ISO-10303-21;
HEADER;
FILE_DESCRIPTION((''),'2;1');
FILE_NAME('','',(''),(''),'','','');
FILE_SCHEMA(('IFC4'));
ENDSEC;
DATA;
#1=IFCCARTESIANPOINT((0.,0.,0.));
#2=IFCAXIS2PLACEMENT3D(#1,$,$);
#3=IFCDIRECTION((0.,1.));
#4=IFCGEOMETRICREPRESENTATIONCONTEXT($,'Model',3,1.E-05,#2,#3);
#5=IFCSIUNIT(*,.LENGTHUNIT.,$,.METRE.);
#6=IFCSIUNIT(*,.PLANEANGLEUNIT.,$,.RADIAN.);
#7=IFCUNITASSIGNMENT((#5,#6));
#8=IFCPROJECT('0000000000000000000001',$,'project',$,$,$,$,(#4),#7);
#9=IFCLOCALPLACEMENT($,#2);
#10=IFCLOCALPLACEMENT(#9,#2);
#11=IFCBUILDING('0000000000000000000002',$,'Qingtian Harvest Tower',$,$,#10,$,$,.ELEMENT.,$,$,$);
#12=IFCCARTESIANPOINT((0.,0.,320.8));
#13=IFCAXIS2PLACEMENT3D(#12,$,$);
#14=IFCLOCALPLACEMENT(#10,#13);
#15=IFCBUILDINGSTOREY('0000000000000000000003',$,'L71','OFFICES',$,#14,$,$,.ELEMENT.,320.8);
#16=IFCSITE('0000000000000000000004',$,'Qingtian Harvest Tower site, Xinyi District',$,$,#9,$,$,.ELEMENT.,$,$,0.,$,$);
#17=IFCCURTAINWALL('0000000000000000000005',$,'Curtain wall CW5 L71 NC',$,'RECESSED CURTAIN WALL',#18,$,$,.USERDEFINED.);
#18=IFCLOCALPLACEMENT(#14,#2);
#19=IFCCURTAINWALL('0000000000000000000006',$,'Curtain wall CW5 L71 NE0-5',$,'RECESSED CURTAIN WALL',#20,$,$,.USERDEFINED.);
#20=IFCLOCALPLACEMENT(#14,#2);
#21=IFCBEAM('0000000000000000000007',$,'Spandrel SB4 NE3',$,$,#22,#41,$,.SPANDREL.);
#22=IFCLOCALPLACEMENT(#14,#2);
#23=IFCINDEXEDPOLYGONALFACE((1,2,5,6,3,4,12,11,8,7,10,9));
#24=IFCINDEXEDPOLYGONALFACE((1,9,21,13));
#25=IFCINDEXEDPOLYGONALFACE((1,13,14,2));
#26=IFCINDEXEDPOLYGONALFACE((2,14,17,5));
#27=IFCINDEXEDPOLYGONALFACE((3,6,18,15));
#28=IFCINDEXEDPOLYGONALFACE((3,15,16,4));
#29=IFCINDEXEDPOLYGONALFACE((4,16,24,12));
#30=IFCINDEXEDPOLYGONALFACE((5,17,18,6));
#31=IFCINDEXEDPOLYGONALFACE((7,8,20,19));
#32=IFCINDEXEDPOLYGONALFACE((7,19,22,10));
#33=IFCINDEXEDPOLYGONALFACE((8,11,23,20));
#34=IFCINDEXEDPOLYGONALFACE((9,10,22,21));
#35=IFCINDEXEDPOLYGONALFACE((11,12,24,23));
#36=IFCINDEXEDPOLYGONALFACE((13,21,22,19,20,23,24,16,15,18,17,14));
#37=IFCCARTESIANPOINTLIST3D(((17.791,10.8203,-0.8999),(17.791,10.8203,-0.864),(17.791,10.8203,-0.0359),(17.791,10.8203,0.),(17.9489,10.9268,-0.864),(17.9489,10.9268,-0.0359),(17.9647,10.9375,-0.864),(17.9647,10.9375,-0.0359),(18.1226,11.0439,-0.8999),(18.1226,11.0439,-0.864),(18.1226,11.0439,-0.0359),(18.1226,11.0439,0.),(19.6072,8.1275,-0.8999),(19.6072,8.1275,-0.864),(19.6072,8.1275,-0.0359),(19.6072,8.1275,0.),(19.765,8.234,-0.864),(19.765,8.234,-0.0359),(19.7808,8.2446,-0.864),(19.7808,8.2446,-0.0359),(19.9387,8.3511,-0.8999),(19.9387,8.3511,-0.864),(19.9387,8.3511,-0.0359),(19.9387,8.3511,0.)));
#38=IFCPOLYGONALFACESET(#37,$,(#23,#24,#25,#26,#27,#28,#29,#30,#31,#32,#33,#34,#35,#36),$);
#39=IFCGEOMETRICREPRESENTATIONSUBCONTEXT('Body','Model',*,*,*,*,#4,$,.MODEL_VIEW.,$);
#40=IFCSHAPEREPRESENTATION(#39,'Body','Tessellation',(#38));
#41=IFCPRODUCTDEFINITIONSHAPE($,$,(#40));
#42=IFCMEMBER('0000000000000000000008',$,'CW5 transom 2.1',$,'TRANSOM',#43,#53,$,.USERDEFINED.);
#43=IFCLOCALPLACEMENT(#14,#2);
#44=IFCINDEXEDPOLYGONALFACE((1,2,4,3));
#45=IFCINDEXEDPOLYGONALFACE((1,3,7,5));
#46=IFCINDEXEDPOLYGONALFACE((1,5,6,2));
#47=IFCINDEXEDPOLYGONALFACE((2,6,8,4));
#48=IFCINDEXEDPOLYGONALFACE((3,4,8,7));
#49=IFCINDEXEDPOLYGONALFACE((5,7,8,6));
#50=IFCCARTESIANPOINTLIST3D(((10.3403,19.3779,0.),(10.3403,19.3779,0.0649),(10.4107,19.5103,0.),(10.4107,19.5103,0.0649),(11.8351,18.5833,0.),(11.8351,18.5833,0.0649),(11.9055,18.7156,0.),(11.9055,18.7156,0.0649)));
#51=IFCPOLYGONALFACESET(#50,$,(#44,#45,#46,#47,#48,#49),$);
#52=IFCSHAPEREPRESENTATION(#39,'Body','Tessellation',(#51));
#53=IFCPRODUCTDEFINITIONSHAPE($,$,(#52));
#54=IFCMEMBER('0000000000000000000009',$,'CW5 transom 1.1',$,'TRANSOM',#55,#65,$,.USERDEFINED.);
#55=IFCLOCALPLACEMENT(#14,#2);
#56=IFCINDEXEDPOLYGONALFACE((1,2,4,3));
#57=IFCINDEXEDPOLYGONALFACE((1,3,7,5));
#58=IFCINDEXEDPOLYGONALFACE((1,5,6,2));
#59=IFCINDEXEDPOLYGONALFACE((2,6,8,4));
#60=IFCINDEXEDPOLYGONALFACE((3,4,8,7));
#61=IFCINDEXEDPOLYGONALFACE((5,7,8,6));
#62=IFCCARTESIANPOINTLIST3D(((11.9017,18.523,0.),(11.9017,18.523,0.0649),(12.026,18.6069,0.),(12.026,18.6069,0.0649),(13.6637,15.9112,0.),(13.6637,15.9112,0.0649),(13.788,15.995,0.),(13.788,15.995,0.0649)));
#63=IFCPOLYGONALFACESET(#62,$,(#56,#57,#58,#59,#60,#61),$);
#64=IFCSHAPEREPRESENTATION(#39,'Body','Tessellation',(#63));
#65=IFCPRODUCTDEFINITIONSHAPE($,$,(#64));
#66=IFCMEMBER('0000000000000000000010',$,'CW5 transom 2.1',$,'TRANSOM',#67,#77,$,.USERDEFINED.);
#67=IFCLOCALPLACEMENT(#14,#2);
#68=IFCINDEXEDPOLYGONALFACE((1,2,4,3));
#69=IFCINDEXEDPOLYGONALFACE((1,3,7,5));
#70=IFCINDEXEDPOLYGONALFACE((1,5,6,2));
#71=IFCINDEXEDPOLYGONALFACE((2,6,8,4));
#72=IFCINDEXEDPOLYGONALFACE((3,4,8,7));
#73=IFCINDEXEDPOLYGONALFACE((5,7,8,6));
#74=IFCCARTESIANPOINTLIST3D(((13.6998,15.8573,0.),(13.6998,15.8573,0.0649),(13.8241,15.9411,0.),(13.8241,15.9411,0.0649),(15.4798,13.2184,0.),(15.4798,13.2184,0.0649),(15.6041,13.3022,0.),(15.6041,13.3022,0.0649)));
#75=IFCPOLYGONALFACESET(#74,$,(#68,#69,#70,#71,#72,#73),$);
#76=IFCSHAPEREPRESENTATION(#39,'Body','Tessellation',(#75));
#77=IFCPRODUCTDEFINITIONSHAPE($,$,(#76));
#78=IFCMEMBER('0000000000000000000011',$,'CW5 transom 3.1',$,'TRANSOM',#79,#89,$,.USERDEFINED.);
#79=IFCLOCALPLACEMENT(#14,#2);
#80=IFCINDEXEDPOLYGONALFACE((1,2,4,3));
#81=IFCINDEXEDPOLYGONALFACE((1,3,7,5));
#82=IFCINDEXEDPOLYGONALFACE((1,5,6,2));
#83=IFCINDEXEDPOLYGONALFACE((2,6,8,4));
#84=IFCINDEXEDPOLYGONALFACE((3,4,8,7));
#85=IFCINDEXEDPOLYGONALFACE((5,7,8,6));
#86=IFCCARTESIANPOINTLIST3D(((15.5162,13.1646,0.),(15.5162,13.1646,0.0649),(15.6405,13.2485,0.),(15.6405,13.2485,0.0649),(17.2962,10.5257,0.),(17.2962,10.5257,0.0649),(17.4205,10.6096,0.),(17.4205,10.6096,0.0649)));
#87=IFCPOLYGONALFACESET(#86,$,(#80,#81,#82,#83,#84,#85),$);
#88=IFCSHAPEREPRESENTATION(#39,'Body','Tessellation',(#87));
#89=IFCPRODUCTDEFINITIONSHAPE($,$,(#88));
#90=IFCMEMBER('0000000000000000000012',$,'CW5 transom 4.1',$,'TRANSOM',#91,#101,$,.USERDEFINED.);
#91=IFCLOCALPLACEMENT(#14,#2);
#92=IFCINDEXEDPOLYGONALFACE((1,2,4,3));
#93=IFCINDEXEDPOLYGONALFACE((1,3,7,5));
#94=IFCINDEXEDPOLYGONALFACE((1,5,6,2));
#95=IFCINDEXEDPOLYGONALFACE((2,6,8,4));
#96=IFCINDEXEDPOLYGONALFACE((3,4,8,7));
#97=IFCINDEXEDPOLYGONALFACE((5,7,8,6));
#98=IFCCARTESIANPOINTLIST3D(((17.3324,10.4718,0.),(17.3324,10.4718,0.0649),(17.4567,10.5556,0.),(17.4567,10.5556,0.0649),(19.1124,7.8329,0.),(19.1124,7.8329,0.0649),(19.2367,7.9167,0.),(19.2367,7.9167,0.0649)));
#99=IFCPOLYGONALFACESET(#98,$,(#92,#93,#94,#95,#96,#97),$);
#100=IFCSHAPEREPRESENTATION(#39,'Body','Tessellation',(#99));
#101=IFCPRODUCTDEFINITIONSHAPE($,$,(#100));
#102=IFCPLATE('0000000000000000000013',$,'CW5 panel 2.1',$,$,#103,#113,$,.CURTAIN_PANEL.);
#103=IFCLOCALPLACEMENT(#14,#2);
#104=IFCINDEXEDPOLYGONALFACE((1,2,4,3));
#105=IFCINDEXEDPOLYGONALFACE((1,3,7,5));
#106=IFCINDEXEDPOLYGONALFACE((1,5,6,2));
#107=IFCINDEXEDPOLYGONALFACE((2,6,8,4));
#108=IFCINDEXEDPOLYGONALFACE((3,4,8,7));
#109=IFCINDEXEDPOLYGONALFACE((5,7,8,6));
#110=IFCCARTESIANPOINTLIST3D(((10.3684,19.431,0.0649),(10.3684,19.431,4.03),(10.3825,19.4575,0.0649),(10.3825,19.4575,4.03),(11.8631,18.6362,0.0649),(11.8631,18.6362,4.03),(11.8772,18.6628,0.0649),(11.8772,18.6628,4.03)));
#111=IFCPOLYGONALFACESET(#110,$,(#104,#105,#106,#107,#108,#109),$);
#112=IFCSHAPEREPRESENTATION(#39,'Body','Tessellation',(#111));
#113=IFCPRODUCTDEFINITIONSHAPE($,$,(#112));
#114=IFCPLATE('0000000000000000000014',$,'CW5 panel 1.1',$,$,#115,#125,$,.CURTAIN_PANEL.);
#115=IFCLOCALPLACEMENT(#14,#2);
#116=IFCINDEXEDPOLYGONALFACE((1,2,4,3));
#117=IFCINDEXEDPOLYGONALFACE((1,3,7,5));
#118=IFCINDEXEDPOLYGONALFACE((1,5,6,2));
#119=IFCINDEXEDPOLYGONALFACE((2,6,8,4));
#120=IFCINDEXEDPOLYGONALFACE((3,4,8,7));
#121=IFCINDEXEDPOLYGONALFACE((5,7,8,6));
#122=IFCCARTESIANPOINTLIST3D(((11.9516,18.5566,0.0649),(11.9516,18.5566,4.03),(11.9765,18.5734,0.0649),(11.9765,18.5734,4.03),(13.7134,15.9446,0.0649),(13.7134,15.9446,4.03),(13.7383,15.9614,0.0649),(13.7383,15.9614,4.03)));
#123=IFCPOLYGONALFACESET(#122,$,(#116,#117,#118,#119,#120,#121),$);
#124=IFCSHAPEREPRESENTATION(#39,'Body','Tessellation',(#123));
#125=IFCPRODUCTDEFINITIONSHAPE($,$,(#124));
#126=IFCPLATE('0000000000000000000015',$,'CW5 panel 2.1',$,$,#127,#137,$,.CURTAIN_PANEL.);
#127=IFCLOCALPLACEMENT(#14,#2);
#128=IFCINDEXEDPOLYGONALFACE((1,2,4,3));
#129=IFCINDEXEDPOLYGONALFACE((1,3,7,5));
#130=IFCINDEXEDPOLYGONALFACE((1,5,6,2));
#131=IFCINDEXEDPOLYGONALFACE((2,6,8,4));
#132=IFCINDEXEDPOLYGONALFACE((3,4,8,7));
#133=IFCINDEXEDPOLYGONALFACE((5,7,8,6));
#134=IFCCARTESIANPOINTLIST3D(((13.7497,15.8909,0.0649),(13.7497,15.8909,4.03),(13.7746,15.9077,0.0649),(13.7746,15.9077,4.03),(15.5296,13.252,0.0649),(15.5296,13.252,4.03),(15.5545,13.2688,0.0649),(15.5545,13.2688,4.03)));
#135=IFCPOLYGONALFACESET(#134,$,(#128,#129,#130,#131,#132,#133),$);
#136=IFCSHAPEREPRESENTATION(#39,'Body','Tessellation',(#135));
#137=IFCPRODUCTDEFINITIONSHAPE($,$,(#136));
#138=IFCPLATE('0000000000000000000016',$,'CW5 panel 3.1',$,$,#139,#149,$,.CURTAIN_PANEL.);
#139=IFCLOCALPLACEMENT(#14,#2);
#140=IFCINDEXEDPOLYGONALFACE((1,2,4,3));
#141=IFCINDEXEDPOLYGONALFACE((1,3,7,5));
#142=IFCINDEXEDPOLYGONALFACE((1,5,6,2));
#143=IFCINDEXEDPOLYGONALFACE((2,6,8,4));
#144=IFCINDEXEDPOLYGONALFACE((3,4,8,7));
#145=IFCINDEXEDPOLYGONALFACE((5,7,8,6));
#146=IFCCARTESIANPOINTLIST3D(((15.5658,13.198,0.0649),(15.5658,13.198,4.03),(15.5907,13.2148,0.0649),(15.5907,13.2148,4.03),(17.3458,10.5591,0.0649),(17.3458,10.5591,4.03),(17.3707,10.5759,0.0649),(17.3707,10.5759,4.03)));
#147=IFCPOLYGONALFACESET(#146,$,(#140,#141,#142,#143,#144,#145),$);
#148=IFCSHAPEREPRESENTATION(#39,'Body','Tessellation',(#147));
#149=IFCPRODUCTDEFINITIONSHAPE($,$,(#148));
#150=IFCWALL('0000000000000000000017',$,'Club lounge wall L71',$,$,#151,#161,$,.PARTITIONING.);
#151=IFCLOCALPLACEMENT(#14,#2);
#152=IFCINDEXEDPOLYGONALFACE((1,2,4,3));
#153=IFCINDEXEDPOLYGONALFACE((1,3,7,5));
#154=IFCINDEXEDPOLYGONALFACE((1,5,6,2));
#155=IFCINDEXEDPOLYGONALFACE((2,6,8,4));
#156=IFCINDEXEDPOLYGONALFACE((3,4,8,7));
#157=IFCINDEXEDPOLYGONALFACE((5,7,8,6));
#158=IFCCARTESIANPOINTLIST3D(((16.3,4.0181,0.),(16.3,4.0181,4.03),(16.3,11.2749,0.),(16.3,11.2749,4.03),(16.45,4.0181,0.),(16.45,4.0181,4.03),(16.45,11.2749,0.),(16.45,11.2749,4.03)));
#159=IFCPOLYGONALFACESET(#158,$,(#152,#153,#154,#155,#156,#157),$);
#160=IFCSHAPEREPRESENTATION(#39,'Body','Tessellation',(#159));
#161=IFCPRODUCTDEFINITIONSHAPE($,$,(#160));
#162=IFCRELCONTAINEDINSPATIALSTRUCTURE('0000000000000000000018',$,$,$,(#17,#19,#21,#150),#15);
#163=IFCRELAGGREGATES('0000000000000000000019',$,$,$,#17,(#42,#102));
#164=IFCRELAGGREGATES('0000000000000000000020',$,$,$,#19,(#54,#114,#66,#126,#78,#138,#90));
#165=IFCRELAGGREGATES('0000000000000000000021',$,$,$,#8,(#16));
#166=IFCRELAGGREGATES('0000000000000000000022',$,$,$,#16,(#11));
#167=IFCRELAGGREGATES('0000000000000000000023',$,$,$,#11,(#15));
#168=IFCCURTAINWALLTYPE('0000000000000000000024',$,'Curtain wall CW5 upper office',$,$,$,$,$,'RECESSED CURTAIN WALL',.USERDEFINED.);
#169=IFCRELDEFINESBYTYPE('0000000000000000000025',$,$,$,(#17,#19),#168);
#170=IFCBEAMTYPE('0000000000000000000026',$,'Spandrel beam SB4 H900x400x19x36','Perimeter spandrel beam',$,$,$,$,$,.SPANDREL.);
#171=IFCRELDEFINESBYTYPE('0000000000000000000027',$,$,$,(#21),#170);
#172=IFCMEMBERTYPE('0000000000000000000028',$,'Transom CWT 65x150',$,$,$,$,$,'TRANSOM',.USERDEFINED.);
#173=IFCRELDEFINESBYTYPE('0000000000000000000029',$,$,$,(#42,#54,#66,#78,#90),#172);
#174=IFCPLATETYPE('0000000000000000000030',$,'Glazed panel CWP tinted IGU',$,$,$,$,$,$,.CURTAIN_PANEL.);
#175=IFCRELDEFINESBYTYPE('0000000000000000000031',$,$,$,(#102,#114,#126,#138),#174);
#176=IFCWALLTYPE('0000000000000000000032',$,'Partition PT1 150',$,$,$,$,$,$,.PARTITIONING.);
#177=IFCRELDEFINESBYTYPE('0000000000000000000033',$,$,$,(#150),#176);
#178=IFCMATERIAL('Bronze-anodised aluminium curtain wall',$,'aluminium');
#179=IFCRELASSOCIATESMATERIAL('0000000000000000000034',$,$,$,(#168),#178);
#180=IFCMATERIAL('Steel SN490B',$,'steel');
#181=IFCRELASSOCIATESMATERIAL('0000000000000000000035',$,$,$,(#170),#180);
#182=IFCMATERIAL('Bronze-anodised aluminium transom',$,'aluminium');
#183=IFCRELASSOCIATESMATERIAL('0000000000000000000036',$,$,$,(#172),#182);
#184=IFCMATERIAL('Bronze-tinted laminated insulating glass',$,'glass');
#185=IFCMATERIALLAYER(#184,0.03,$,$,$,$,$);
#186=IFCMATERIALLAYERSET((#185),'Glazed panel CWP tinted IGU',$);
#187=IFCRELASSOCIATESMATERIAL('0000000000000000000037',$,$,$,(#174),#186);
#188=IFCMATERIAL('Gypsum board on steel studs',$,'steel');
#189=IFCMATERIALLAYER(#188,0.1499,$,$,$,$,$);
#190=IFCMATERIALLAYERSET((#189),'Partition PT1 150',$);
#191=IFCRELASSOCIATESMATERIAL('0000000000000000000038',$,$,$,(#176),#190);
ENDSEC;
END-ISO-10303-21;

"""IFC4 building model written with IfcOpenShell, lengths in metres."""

from ifc_helpers import new_model, si_unit, direction, frame, frame_2d, origin, origin_2d, place, context, subcontext, project, spatial, rectangle, i_section, extrude, material, layer, layer_set, material_profile, profile_set, type_object, element, aggregate, save


model = new_model("IFC4")

# Units and contexts
model_context = context("Model", 3, precision=1e-05, world=origin(), true_north=direction((0.0, 1.0)))
body_context = subcontext(model_context, "Body", "Model", "MODEL_VIEW")
ifc_project = project(units=[si_unit("LENGTHUNIT", "METRE"), si_unit("PLANEANGLEUNIT", "RADIAN")], contexts=[model_context])

# Site, building, storey
site_placement = place(None, origin())
site = spatial("IfcSite", under=ifc_project, at=site_placement, Name="Qingtian Harvest Tower site, Xinyi District", CompositionType="ELEMENT", RefElevation=0.0)
building_placement = place(site_placement, origin())
building = spatial("IfcBuilding", under=site, at=building_placement, Name="Qingtian Harvest Tower", CompositionType="ELEMENT")
storey_placement = place(building_placement, frame((0.0, 0.0, 320.8)))
storey = spatial("IfcBuildingStorey", under=building, at=storey_placement, Name="L71", Description="OFFICES", CompositionType="ELEMENT", Elevation=320.8)

# Curtain wall
ifc_material_1 = material(Name="Bronze-anodised aluminium curtain wall", Category="aluminium")
curtain_wall_type = type_object("IfcCurtainWallType", Name="Curtain wall CW5 upper office", ElementType="RECESSED CURTAIN WALL", PredefinedType="USERDEFINED", material=ifc_material_1)
curtain_wall_1_placement = place(storey_placement, origin())
curtain_wall_1 = element("IfcCurtainWall", 1, at=curtain_wall_1_placement, inside=storey, type_object=curtain_wall_type, Name="Curtain wall CW5 L71 NC", ObjectType="RECESSED CURTAIN WALL", PredefinedType="USERDEFINED")

# Curtain wall
curtain_wall_2_placement = place(storey_placement, origin())
curtain_wall_2 = element("IfcCurtainWall", 2, at=curtain_wall_2_placement, inside=storey, type_object=curtain_wall_type, Name="Curtain wall CW5 L71 NE0-5", ObjectType="RECESSED CURTAIN WALL", PredefinedType="USERDEFINED")

# Beam
ifc_material_2 = material(Name="Steel SN490B", Category="steel")
ifc_material_profile_1 = material_profile(ifc_material_2, i_section(OverallWidth=0.3999, OverallDepth=0.8999, WebThickness=0.019, FlangeThickness=0.0359, at=origin_2d()), Name="H900x400x19x36")
ifc_profile_set_1 = profile_set([ifc_material_profile_1], Name="Steel SN490B")
beam_type_1 = type_object("IfcBeamType", Name="Spandrel beam SB4 H900x400x19x36", Description="Perimeter spandrel beam", PredefinedType="SPANDREL", material=ifc_profile_set_1)
beam_1_placement = place(storey_placement, frame((17.9568, 10.9321, -0.45), z_axis=(0.55915, -0.829066, 0.0), x_axis=(0.829066, 0.55915, 0.0)))
element("IfcBeam", 3, at=beam_1_placement, inside=storey, type_object=beam_type_1, Name="Spandrel SB4 NE3", PredefinedType="SPANDREL", context=body_context, shape_type="SweptSolid", body=[
    extrude(i_section(OverallWidth=0.3999, OverallDepth=0.8999, WebThickness=0.019, FlangeThickness=0.0359, at=origin_2d()), origin(), (0.0, 0.0, 1.0), 3.248),
])

# Members
ifc_material_3 = material(Name="Bronze-anodised aluminium transom", Category="aluminium")
ifc_material_profile_2 = material_profile(ifc_material_3, rectangle(XDim=0.1499, YDim=0.0649, at=origin_2d()), Name="AL 65x150")
ifc_profile_set_2 = profile_set([ifc_material_profile_2], Name="Bronze-anodised aluminium transom")
member_type_1 = type_object("IfcMemberType", Name="Transom CWT 65x150", ElementType="TRANSOM", PredefinedType="USERDEFINED", material=ifc_profile_set_2)
member_1_placement = place(storey_placement, frame((10.3755, 19.4441, 0.0325), z_axis=(0.882987, -0.469398, 0.0), x_axis=(0.469398, 0.882987, 0.0)))
member_1 = element("IfcMember", 4, at=member_1_placement, type_object=member_type_1, Name="CW5 transom 2.1", ObjectType="TRANSOM", PredefinedType="USERDEFINED", context=body_context, shape_type="SweptSolid", body=[
    extrude(rectangle(XDim=0.1499, YDim=0.0649, at=origin_2d()), origin(), (0.0, 0.0, 1.0), 1.6929),
])
member_2_placement = place(storey_placement, frame((11.9639, 18.5649, 0.0325), z_axis=(0.559252, -0.828998, 0.0), x_axis=(0.828998, 0.559252, 0.0)))
member_2 = element("IfcMember", 5, at=member_2_placement, type_object=member_type_1, Name="CW5 transom 1.1", ObjectType="TRANSOM", PredefinedType="USERDEFINED", context=body_context, shape_type="SweptSolid", body=[
    extrude(rectangle(XDim=0.1499, YDim=0.0649, at=origin_2d()), origin(), (0.0, 0.0, 1.0), 3.1506),
])
member_3_placement = place(storey_placement, frame((13.762, 15.8992, 0.0325), z_axis=(0.559205, -0.829029, 0.0), x_axis=(0.829029, 0.559205, 0.0)))
member_3 = element("IfcMember", 6, at=member_3_placement, type_object=member_type_1, Name="CW5 transom 2.1", ObjectType="TRANSOM", PredefinedType="USERDEFINED", context=body_context, shape_type="SweptSolid", body=[
    extrude(rectangle(XDim=0.1499, YDim=0.0649, at=origin_2d()), origin(), (0.0, 0.0, 1.0), 3.1831),
])
member_4_placement = place(storey_placement, frame((15.5784, 13.2065, 0.0325), z_axis=(0.559205, -0.829029, 0.0), x_axis=(0.829029, 0.559205, 0.0)))
member_4 = element("IfcMember", 7, at=member_4_placement, type_object=member_type_1, Name="CW5 transom 3.1", ObjectType="TRANSOM", PredefinedType="USERDEFINED", context=body_context, shape_type="SweptSolid", body=[
    extrude(rectangle(XDim=0.1499, YDim=0.0649, at=origin_2d()), origin(), (0.0, 0.0, 1.0), 3.1831),
])
member_5_placement = place(storey_placement, frame((17.3945, 10.5137, 0.0325), z_axis=(0.559205, -0.829029, 0.0), x_axis=(0.829029, 0.559205, 0.0)))
member_5 = element("IfcMember", 8, at=member_5_placement, type_object=member_type_1, Name="CW5 transom 4.1", ObjectType="TRANSOM", PredefinedType="USERDEFINED", context=body_context, shape_type="SweptSolid", body=[
    extrude(rectangle(XDim=0.1499, YDim=0.0649, at=origin_2d()), origin(), (0.0, 0.0, 1.0), 3.1831),
])

# Plates
ifc_material_4 = material(Name="Bronze-tinted laminated insulating glass", Category="glass")
ifc_layer_1 = layer(ifc_material_4, 0.03)
ifc_layer_set_1 = layer_set([ifc_layer_1], Name="Glazed panel CWP tinted IGU")
plate_type = type_object("IfcPlateType", Name="Glazed panel CWP tinted IGU", PredefinedType="CURTAIN_PANEL", material=ifc_layer_set_1)
plate_1_placement = place(storey_placement, frame((11.1228, 19.0469, 0.0649), z_axis=(0.0, 0.0, 1.0), x_axis=(0.882948, -0.469472, 0.0)))
plate_1 = element("IfcPlate", 9, at=plate_1_placement, type_object=plate_type, Name="CW5 panel 2.1", PredefinedType="CURTAIN_PANEL", context=body_context, shape_type="SweptSolid", body=[
    extrude(rectangle(XDim=1.6929, YDim=0.03, at=origin_2d()), origin(), (0.0, 0.0, 1.0), 3.9651),
])
aggregate(curtain_wall_1, [member_1, plate_1])
plate_2_placement = place(storey_placement, frame((12.845, 17.259, 0.0649), z_axis=(0.0, 0.0, 1.0), x_axis=(0.559193, -0.829038, 0.0)))
plate_2 = element("IfcPlate", 10, at=plate_2_placement, type_object=plate_type, Name="CW5 panel 1.1", PredefinedType="CURTAIN_PANEL", context=body_context, shape_type="SweptSolid", body=[
    extrude(rectangle(XDim=3.1506, YDim=0.03, at=origin_2d()), origin(), (0.0, 0.0, 1.0), 3.9651),
])
plate_3_placement = place(storey_placement, frame((14.6521, 14.5798, 0.0649), z_axis=(0.0, 0.0, 1.0), x_axis=(0.559193, -0.829038, 0.0)))
plate_3 = element("IfcPlate", 11, at=plate_3_placement, type_object=plate_type, Name="CW5 panel 2.1", PredefinedType="CURTAIN_PANEL", context=body_context, shape_type="SweptSolid", body=[
    extrude(rectangle(XDim=3.1831, YDim=0.03, at=origin_2d()), origin(), (0.0, 0.0, 1.0), 3.9651),
])
plate_4_placement = place(storey_placement, frame((16.4683, 11.887, 0.0649), z_axis=(0.0, 0.0, 1.0), x_axis=(0.559193, -0.829038, 0.0)))
plate_4 = element("IfcPlate", 12, at=plate_4_placement, type_object=plate_type, Name="CW5 panel 3.1", PredefinedType="CURTAIN_PANEL", context=body_context, shape_type="SweptSolid", body=[
    extrude(rectangle(XDim=3.1831, YDim=0.03, at=origin_2d()), origin(), (0.0, 0.0, 1.0), 3.9651),
])
aggregate(curtain_wall_2, [member_2, plate_2, member_3, plate_3, member_4, plate_4, member_5])

# Wall
ifc_material_5 = material(Name="Gypsum board on steel studs", Category="steel")
ifc_layer_2 = layer(ifc_material_5, 0.1499)
ifc_layer_set_2 = layer_set([ifc_layer_2], Name="Partition PT1 150")
wall_type = type_object("IfcWallType", Name="Partition PT1 150", PredefinedType="PARTITIONING", material=ifc_layer_set_2)
wall_placement = place(storey_placement, frame((16.375, 11.2749, 0.0), z_axis=(0.0, 0.0, 1.0), x_axis=(0.0, -1.0, 0.0)))
element("IfcWall", 13, at=wall_placement, inside=storey, type_object=wall_type, Name="Club lounge wall L71", PredefinedType="PARTITIONING", context=body_context, shape_type="SweptSolid", body=[
    extrude(rectangle(XDim=7.2568, YDim=0.1499, at=frame_2d((3.6284, 0.0))), origin(), (0.0, 0.0, 1.0), 4.03),
])

save(model, "model.ifc")
